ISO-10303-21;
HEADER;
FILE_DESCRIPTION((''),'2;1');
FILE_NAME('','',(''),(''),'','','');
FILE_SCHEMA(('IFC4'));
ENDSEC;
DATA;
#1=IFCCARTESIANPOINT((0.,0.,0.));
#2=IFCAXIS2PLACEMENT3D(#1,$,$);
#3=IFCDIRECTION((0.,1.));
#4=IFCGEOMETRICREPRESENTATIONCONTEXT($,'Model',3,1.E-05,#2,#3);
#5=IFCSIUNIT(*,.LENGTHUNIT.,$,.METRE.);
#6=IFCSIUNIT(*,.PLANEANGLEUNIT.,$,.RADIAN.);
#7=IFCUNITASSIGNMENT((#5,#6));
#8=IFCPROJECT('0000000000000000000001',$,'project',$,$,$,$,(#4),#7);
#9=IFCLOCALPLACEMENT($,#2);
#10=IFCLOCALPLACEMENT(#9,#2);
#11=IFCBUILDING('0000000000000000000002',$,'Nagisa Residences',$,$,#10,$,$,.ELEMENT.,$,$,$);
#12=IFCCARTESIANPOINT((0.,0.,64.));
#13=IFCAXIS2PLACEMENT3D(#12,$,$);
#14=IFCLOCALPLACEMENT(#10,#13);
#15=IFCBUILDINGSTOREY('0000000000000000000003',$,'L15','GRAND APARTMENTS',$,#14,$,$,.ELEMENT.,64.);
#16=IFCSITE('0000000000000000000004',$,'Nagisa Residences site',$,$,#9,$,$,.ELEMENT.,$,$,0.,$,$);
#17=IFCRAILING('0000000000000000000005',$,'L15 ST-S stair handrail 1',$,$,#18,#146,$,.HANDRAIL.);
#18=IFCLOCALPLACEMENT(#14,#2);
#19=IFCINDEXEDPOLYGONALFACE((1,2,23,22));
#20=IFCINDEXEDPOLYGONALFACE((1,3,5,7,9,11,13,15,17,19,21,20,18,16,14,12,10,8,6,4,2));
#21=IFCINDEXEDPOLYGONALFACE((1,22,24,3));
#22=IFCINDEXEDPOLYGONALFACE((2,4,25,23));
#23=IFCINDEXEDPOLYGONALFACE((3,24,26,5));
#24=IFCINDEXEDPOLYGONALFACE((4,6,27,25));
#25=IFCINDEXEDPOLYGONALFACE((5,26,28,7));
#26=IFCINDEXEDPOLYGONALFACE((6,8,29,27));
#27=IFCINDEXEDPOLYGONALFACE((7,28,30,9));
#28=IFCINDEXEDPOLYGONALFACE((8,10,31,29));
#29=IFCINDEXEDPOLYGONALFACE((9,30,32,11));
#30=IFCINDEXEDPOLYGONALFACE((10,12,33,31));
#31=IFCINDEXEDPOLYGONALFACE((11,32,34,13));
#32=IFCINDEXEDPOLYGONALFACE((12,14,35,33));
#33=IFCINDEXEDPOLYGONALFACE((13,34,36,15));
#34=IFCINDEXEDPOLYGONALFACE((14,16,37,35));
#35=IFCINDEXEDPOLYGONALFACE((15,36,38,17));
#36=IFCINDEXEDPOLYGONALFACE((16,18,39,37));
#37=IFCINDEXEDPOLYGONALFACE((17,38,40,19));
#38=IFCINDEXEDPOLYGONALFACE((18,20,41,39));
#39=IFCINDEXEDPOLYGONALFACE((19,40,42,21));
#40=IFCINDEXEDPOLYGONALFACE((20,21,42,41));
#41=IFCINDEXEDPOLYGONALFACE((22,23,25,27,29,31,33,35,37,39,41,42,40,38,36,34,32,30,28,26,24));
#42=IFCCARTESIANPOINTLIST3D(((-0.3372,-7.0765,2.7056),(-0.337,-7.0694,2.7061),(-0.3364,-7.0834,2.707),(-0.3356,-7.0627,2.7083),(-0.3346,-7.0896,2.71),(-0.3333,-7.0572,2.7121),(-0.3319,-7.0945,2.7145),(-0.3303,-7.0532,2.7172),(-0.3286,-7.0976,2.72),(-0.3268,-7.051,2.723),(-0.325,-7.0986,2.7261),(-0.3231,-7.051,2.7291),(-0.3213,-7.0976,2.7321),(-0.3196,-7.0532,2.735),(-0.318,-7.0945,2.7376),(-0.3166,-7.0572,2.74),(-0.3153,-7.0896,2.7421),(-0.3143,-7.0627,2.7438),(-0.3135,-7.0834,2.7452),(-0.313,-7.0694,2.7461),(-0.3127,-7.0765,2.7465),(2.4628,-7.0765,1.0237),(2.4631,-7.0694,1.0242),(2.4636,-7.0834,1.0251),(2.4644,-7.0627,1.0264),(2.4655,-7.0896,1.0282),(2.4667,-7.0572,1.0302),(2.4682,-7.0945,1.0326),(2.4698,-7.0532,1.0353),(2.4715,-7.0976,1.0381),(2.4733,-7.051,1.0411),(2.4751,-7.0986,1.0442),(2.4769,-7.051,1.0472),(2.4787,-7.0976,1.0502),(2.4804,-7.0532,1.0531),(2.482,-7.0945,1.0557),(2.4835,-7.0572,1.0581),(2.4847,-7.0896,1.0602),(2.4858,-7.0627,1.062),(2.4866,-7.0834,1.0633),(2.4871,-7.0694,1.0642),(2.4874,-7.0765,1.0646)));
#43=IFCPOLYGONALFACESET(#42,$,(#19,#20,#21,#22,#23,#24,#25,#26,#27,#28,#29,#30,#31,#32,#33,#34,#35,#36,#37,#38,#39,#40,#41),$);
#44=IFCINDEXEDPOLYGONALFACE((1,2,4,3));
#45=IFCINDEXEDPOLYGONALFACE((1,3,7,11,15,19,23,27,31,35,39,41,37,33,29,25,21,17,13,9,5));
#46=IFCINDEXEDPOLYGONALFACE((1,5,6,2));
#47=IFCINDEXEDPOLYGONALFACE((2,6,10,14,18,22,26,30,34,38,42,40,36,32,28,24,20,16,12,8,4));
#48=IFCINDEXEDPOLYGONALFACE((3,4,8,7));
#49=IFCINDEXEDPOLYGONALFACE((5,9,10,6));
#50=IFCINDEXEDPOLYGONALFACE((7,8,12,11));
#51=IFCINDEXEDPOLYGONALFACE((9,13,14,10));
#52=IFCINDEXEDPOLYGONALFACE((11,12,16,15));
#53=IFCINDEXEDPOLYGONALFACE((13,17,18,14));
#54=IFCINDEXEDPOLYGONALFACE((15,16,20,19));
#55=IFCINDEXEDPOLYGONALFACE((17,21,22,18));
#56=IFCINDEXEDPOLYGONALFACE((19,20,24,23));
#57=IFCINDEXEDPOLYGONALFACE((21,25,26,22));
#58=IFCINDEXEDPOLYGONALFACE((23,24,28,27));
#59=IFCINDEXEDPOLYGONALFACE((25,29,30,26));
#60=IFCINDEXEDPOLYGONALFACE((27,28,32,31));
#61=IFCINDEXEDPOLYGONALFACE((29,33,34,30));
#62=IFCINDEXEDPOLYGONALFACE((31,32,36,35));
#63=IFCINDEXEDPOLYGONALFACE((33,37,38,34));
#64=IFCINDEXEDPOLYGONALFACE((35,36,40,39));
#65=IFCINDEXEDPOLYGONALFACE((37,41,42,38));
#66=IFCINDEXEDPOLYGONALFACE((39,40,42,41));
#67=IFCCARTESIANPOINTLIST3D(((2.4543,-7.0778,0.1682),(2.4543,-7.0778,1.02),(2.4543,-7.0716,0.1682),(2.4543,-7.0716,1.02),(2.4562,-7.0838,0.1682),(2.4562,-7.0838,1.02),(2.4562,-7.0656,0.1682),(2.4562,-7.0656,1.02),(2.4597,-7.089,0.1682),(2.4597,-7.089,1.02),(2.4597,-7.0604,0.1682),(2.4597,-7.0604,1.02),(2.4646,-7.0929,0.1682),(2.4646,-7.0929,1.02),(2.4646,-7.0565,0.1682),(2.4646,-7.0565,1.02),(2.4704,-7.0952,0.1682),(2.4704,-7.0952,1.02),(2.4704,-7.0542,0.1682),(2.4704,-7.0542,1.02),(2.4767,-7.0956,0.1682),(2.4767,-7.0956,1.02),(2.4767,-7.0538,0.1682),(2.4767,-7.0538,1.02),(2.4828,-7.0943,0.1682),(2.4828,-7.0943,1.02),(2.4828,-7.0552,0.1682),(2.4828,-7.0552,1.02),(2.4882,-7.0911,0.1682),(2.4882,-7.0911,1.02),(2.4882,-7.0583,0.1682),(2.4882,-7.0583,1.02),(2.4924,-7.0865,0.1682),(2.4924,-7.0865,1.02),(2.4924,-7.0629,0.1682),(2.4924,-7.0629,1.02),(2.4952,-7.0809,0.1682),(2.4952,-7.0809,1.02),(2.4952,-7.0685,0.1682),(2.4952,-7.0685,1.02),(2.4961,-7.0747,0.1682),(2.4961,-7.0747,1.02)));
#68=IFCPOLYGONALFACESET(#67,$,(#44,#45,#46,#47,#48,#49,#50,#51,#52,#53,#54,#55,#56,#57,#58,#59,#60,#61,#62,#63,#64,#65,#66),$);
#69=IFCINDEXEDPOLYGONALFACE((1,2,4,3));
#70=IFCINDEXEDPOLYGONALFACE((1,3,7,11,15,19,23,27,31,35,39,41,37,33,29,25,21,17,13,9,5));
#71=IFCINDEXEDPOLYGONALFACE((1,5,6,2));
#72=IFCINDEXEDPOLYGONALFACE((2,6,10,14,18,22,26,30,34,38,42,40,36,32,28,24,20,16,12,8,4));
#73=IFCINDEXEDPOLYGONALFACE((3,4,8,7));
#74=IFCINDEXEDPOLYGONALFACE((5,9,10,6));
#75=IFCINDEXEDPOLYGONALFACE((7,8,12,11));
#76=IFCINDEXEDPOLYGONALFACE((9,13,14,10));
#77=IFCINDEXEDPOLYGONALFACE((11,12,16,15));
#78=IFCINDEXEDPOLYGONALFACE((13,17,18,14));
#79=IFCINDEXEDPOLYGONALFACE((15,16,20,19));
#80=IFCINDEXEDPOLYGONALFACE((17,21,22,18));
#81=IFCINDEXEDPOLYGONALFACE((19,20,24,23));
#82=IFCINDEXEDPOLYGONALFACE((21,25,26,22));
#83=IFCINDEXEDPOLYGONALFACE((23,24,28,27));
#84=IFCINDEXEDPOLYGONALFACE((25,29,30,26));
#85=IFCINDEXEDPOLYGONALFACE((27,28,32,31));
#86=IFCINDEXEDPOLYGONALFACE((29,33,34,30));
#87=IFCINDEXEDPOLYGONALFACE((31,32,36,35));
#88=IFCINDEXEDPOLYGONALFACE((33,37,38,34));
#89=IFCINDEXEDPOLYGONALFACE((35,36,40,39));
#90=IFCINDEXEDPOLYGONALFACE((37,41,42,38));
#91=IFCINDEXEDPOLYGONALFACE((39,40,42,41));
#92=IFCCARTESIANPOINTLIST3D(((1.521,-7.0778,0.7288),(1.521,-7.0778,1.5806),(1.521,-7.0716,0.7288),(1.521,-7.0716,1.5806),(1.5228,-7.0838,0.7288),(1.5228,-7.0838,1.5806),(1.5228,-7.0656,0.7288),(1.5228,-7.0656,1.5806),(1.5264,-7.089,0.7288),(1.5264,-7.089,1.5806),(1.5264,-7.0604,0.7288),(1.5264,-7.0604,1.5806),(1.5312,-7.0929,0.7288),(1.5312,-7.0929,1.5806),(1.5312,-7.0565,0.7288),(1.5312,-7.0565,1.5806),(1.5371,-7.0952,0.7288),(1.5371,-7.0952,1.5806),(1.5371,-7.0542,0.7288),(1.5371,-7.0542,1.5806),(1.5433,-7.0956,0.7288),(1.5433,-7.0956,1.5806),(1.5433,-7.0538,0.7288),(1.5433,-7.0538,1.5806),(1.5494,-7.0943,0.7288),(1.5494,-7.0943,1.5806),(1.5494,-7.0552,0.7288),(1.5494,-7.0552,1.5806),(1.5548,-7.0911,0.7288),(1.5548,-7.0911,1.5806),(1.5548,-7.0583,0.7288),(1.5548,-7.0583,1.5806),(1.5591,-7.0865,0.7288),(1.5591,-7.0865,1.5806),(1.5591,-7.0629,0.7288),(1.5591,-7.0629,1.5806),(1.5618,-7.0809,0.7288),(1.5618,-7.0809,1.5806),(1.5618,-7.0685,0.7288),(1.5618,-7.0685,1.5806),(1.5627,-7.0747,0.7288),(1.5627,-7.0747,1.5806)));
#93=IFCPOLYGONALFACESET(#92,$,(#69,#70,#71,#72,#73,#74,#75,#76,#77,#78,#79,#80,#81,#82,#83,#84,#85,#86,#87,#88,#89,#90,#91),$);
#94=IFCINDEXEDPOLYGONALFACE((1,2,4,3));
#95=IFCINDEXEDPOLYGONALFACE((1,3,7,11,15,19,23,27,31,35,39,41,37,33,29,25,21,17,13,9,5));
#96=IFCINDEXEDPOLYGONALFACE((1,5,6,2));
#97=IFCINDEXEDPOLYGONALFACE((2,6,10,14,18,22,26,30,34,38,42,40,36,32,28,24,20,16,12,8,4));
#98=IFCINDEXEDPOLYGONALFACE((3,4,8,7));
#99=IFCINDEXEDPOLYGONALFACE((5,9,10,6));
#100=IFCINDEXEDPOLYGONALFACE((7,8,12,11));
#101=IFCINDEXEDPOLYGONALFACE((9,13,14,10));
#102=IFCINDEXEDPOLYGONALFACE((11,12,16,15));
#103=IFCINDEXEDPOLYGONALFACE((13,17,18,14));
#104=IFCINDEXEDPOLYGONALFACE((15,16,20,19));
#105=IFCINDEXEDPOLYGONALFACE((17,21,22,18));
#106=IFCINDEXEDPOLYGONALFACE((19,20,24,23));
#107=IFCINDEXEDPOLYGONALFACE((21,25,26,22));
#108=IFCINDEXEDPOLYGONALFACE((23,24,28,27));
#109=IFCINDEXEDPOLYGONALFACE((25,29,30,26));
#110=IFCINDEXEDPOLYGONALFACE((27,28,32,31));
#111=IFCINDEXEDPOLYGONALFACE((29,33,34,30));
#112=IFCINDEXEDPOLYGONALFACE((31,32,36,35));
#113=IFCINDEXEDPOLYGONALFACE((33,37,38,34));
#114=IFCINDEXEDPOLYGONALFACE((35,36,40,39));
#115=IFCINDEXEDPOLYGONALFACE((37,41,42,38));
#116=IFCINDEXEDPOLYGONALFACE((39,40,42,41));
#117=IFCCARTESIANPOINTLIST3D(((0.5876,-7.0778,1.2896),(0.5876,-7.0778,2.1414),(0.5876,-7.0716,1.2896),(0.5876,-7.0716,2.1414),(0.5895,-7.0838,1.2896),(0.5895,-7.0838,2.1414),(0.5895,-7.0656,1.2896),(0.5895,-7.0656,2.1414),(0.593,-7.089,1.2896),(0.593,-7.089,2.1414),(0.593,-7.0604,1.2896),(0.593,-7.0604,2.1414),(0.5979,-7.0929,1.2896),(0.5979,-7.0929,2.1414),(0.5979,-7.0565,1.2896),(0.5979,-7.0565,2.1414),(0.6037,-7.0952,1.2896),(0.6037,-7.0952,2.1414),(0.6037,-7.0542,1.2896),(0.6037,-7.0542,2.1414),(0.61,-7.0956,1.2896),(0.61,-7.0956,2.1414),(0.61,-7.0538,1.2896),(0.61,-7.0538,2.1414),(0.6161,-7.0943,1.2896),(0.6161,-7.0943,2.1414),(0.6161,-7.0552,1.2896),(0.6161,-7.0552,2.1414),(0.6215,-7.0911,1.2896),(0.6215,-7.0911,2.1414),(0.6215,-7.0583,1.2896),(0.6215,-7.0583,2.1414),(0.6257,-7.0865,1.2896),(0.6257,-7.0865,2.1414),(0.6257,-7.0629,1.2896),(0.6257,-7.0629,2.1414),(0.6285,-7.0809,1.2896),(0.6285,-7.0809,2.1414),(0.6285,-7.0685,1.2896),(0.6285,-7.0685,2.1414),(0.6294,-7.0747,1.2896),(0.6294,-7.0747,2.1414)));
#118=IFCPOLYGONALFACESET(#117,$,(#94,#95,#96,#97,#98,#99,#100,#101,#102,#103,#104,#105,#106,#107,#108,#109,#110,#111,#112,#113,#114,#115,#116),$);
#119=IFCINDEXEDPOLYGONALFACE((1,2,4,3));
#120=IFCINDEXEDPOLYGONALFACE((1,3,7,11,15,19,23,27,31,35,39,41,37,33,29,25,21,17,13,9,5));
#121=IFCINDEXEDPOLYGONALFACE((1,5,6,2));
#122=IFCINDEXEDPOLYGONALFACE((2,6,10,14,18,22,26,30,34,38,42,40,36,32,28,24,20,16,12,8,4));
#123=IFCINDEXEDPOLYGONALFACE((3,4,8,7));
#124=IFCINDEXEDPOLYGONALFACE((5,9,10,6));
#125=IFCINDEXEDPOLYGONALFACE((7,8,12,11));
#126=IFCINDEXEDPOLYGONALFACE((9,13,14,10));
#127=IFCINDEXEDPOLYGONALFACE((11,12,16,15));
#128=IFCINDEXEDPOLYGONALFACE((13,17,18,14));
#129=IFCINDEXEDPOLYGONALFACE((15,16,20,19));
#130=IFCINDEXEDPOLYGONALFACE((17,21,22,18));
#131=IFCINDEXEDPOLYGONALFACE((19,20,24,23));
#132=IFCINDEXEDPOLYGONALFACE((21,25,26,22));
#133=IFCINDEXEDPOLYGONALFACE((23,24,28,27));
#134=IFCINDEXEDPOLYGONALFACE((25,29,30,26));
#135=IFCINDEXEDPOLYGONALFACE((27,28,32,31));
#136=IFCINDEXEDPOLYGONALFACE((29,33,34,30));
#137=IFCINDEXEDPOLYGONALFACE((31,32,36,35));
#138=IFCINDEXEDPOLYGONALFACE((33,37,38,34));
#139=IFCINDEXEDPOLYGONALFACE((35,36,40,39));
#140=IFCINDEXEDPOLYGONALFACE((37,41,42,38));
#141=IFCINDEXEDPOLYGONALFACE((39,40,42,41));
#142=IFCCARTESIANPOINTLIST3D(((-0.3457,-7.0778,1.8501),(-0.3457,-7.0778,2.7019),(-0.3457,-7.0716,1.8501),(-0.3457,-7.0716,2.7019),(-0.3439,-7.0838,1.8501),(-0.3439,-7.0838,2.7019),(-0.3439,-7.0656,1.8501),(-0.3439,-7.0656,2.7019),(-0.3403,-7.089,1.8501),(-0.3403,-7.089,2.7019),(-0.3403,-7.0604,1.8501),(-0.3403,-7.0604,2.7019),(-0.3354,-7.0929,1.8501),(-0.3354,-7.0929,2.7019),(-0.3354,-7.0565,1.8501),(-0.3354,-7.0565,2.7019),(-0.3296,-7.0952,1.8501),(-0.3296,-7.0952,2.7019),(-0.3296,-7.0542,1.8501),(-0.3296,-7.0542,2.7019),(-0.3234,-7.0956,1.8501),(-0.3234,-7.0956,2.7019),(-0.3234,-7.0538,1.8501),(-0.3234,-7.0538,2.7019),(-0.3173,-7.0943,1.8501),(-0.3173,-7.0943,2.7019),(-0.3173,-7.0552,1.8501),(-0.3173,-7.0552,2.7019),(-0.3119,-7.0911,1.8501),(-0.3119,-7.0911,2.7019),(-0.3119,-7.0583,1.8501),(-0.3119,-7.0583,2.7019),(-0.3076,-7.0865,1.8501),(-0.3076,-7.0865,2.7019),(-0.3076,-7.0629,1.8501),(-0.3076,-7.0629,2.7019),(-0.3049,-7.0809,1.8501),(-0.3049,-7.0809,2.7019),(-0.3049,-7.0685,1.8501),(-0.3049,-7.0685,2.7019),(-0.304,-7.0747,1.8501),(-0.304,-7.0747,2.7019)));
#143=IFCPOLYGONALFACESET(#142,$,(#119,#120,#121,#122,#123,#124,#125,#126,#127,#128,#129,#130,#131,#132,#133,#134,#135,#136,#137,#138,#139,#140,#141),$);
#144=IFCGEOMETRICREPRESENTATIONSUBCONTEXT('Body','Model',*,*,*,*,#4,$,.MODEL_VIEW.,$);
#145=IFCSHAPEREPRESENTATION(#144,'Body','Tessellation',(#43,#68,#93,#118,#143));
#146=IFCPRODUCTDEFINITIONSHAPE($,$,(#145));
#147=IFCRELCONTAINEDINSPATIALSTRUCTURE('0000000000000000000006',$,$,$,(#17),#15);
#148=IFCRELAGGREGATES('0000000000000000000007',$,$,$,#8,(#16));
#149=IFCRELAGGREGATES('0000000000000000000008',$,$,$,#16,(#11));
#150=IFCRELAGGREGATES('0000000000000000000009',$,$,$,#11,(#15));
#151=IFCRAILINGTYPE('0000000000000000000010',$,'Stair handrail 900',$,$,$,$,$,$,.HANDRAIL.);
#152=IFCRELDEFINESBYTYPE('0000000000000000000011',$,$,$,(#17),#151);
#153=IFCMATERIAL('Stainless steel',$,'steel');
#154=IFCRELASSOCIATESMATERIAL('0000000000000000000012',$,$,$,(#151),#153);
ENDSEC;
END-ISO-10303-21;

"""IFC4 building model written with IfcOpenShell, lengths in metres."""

from ifc_helpers import new_model, si_unit, direction, frame, origin, origin_2d, place, context, subcontext, project, spatial, circle, extrude, material, type_object, element, save


model = new_model("IFC4")

# Units and contexts
model_context = context("Model", 3, precision=1e-05, world=origin(), true_north=direction((0.0, 1.0)))
body_context = subcontext(model_context, "Body", "Model", "MODEL_VIEW")
ifc_project = project(units=[si_unit("LENGTHUNIT", "METRE"), si_unit("PLANEANGLEUNIT", "RADIAN")], contexts=[model_context])

# Site, building, storey
site_placement = place(None, origin())
site = spatial("IfcSite", under=ifc_project, at=site_placement, Name="Nagisa Residences site", CompositionType="ELEMENT", RefElevation=0.0)
building_placement = place(site_placement, origin())
building = spatial("IfcBuilding", under=site, at=building_placement, Name="Nagisa Residences", CompositionType="ELEMENT")
storey_placement = place(building_placement, frame((0.0, 0.0, 64.0)))
storey = spatial("IfcBuildingStorey", under=building, at=storey_placement, Name="L15", Description="GRAND APARTMENTS", CompositionType="ELEMENT", Elevation=64.0)

# Railing
ifc_material_1 = material(Name="Stainless steel", Category="steel")
railing_type = type_object("IfcRailingType", Name="Stair handrail 900", PredefinedType="HANDRAIL", material=ifc_material_1)
railing_1_placement = place(storey_placement, frame((2.4751, -7.0747, 0.1682)))
element("IfcRailing", 1, at=railing_1_placement, inside=storey, type_object=railing_type, Name="L15 ST-S stair handrail 1", PredefinedType="HANDRAIL", context=body_context, shape_type="SweptSolid", body=[
    extrude(circle(Radius=0.0239, at=origin_2d()), frame((0.0, 0.0, 0.876), z_axis=(-0.857242, 0.0, 0.514913), x_axis=(0.0, -1.0, 0.0)), (0.0, 0.0, 1.0), 3.2664),
    extrude(circle(Radius=0.021, at=origin_2d()), origin(), (0.0, 0.0, 1.0), 0.8518),
    extrude(circle(Radius=0.021, at=origin_2d()), frame((-0.9333, 0.0, 0.5605)), (0.0, 0.0, 1.0), 0.8518),
    extrude(circle(Radius=0.021, at=origin_2d()), frame((-1.8667, 0.0, 1.1213)), (0.0, 0.0, 1.0), 0.8518),
    extrude(circle(Radius=0.021, at=origin_2d()), frame((-2.8, 0.0, 1.6819)), (0.0, 0.0, 1.0), 0.8518),
])

save(model, "model.ifc")
